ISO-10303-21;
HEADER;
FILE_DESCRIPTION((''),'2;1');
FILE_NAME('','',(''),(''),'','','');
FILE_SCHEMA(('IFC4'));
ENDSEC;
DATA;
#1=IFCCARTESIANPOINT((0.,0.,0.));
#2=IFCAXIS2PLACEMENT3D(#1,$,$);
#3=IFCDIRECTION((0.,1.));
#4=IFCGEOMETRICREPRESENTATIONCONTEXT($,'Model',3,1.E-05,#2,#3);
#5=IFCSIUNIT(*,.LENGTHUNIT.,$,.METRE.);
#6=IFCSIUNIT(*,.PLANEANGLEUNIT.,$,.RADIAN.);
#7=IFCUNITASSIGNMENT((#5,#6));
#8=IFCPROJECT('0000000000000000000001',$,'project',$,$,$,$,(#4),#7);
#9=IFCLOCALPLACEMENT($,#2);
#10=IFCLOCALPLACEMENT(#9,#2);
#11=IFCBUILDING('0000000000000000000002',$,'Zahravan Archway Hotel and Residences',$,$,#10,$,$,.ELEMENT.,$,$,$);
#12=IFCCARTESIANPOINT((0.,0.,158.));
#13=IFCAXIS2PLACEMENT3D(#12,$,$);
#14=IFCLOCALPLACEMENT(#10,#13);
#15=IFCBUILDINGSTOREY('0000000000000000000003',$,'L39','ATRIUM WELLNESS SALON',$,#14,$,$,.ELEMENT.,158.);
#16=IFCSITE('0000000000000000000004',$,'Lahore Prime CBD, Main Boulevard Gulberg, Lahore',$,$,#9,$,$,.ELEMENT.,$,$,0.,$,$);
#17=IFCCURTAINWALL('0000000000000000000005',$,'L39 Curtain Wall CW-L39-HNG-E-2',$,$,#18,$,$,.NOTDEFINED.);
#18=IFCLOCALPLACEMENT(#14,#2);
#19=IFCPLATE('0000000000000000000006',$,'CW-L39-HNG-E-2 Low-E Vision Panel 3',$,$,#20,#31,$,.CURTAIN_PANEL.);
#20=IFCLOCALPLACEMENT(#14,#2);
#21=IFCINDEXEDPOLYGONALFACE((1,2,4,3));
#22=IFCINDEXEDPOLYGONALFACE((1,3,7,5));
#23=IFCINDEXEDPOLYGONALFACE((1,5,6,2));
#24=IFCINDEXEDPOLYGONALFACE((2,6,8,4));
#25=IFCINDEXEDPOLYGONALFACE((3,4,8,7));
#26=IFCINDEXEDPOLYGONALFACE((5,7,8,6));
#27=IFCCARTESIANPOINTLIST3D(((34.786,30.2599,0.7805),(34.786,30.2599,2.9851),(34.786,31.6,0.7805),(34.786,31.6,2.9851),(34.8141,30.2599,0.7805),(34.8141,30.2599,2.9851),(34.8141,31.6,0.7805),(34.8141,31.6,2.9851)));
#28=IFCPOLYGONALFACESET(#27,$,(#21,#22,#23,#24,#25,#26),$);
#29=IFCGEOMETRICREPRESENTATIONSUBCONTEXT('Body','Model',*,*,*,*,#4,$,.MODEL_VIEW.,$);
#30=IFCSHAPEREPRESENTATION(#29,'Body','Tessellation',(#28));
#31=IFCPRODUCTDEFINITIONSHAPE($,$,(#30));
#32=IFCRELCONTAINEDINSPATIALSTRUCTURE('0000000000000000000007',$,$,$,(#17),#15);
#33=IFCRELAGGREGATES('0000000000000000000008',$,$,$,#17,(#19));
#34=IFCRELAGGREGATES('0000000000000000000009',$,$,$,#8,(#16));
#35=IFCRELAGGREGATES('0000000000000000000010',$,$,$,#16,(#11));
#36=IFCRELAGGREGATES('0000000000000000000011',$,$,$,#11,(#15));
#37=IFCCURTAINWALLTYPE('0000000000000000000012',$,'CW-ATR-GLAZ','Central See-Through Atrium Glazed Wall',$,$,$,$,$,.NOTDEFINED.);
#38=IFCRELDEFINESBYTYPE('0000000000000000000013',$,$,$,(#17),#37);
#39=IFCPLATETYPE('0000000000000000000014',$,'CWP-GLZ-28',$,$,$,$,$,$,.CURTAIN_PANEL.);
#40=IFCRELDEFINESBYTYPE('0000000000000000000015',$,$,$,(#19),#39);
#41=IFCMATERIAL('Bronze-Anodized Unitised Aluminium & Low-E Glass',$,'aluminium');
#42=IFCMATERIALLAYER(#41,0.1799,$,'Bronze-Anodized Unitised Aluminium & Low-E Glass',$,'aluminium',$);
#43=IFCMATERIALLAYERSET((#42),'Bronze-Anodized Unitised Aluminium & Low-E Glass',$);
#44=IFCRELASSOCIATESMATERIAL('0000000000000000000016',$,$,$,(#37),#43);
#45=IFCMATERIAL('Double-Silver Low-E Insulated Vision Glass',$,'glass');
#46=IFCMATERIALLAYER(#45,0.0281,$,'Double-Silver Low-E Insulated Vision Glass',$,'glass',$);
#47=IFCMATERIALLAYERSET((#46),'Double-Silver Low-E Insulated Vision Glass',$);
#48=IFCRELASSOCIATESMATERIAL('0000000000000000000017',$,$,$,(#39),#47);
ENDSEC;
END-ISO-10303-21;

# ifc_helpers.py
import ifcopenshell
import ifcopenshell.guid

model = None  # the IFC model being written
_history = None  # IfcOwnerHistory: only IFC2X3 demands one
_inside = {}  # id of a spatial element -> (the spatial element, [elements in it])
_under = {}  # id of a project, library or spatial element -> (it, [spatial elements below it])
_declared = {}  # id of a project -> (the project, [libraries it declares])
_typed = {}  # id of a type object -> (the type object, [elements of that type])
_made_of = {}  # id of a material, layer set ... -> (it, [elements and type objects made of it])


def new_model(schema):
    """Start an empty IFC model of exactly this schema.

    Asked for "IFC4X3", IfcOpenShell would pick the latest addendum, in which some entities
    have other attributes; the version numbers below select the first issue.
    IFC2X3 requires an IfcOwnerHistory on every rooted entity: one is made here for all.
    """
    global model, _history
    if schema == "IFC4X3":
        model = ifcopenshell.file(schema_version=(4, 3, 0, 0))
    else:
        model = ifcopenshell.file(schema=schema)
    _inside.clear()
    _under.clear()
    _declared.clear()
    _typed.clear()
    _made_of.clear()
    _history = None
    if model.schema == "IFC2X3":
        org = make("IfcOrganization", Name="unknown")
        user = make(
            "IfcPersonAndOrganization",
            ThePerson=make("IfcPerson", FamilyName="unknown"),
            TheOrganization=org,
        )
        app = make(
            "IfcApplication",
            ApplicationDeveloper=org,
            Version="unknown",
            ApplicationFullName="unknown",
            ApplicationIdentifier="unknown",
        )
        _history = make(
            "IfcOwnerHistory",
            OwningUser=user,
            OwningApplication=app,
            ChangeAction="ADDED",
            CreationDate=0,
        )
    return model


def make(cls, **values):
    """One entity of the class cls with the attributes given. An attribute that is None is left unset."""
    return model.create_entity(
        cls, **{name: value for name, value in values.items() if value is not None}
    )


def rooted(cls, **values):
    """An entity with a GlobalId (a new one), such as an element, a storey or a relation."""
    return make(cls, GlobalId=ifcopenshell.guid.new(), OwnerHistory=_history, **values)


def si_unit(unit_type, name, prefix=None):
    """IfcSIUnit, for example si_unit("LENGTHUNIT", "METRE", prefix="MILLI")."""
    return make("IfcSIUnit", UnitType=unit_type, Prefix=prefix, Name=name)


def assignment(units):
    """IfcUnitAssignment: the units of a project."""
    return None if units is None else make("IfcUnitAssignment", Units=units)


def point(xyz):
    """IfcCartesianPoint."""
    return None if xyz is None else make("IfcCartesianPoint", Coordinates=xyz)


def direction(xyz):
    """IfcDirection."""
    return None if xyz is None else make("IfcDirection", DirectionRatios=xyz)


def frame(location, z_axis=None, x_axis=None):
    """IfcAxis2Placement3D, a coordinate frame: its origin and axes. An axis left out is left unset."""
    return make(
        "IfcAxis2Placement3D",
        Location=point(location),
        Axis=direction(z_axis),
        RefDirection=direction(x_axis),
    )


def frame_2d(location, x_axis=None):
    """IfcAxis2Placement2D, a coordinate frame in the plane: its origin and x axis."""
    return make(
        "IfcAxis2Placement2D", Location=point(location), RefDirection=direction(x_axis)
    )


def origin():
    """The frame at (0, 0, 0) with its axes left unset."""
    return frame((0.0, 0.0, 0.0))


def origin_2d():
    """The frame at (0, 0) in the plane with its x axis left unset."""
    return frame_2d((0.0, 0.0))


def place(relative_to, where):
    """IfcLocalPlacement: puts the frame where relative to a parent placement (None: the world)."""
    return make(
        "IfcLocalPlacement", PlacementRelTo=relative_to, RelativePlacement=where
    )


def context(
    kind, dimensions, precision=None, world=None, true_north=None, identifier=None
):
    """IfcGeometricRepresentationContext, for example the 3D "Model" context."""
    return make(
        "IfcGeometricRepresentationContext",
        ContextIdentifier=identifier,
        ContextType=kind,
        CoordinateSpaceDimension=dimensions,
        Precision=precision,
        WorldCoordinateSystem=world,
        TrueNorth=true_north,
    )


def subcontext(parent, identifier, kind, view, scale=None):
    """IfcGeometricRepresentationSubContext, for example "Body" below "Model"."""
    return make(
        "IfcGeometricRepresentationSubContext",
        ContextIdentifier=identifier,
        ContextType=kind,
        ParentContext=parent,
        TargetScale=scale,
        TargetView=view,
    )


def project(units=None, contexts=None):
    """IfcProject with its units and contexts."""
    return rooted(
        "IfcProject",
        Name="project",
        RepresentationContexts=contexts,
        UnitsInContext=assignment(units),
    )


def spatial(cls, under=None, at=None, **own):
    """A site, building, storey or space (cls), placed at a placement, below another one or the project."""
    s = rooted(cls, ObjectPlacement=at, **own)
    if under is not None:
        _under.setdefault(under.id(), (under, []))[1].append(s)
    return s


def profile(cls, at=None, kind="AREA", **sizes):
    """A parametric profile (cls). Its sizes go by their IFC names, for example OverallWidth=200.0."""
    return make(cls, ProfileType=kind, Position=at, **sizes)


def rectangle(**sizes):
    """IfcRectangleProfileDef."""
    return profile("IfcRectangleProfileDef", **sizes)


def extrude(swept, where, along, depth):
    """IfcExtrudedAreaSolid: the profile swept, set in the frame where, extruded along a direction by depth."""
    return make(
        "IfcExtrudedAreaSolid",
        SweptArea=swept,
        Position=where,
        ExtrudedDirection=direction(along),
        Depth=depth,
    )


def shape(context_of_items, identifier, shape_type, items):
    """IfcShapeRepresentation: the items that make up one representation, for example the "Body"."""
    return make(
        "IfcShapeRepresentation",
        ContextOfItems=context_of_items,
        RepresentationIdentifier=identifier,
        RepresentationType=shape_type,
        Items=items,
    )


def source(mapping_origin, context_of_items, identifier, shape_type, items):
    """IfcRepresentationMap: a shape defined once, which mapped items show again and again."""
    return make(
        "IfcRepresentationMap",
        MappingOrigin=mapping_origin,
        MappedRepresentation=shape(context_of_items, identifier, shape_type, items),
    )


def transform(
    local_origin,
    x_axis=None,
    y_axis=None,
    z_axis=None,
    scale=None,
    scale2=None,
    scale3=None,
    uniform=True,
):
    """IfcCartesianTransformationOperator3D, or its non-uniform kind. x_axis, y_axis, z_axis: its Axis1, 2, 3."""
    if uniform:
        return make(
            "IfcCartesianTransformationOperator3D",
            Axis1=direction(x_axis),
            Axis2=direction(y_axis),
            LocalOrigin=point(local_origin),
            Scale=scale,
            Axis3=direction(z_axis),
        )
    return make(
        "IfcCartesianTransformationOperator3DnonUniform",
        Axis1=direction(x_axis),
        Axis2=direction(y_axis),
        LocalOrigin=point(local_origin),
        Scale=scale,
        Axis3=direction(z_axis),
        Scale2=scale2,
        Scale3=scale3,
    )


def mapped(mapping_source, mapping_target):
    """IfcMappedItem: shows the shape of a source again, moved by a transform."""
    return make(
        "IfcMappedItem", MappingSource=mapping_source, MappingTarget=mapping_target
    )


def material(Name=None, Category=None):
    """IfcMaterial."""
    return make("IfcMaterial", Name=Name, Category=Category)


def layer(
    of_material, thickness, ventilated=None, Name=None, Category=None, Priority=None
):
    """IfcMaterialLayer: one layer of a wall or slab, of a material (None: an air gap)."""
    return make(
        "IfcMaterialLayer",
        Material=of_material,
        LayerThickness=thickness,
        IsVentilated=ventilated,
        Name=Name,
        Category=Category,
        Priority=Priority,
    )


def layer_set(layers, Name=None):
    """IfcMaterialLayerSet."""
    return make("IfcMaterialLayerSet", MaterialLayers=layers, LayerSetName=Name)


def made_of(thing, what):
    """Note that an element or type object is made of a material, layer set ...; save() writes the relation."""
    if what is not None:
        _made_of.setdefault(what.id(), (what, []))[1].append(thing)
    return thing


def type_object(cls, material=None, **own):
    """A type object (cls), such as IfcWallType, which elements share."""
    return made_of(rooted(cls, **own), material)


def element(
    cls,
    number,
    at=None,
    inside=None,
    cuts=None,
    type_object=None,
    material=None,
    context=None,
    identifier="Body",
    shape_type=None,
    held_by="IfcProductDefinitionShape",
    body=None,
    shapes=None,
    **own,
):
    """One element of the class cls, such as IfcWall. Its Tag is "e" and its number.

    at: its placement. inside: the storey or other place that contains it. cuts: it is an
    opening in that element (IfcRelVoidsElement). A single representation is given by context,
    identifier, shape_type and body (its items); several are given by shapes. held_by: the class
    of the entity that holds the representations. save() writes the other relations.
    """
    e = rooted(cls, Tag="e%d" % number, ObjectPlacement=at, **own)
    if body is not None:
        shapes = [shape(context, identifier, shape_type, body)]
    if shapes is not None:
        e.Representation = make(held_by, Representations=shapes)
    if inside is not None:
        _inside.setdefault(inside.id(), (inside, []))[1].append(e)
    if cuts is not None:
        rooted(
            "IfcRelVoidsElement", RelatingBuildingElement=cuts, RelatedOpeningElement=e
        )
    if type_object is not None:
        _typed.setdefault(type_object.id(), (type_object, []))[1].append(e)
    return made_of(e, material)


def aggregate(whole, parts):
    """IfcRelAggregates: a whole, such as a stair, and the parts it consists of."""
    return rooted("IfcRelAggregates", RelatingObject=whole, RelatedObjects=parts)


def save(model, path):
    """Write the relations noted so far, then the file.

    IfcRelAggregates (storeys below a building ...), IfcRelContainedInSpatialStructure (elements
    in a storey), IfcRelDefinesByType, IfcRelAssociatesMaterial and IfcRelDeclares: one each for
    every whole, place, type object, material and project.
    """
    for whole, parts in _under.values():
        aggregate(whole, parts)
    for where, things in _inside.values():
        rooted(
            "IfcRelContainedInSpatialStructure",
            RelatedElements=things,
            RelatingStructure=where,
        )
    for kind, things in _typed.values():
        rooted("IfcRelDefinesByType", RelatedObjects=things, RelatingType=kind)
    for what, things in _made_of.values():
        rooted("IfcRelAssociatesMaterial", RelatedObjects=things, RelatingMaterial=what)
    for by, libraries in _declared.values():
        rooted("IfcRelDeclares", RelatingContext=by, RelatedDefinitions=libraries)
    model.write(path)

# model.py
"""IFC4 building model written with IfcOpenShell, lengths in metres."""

from ifc_helpers import new_model, si_unit, direction, frame, origin, origin_2d, place, context, subcontext, project, spatial, rectangle, extrude, source, transform, mapped, material, layer, layer_set, type_object, element, aggregate, save


model = new_model("IFC4")

# Units and contexts
model_context = context("Model", 3, precision=1e-05, world=origin(), true_north=direction((0.0, 1.0)))
body_context = subcontext(model_context, "Body", "Model", "MODEL_VIEW")
ifc_project = project(units=[si_unit("LENGTHUNIT", "METRE"), si_unit("PLANEANGLEUNIT", "RADIAN")], contexts=[model_context])

# Site, building, storey
site_placement = place(None, origin())
site = spatial("IfcSite", under=ifc_project, at=site_placement, Name="Lahore Prime CBD, Main Boulevard Gulberg, Lahore", CompositionType="ELEMENT", RefElevation=0.0)
building_placement = place(site_placement, origin())
building = spatial("IfcBuilding", under=site, at=building_placement, Name="Zahravan Archway Hotel and Residences", CompositionType="ELEMENT")
storey_placement = place(building_placement, frame((0.0, 0.0, 158.0)))
storey = spatial("IfcBuildingStorey", under=building, at=storey_placement, Name="L39", Description="ATRIUM WELLNESS SALON", CompositionType="ELEMENT", Elevation=158.0)

# Curtain wall
ifc_material_1 = material(Name="Bronze-Anodized Unitised Aluminium & Low-E Glass", Category="aluminium")
ifc_layer_1 = layer(ifc_material_1, 0.1799, Name="Bronze-Anodized Unitised Aluminium & Low-E Glass", Category="aluminium")
ifc_layer_set_1 = layer_set([ifc_layer_1], Name="Bronze-Anodized Unitised Aluminium & Low-E Glass")
curtain_wall_type = type_object("IfcCurtainWallType", Name="CW-ATR-GLAZ", Description="Central See-Through Atrium Glazed Wall", PredefinedType="NOTDEFINED", material=ifc_layer_set_1)
curtain_wall_1_placement = place(storey_placement, origin())
curtain_wall_1 = element("IfcCurtainWall", 1, at=curtain_wall_1_placement, inside=storey, type_object=curtain_wall_type, Name="L39 Curtain Wall CW-L39-HNG-E-2", PredefinedType="NOTDEFINED")

# Plate
ifc_material_2 = material(Name="Double-Silver Low-E Insulated Vision Glass", Category="glass")
ifc_layer_2 = layer(ifc_material_2, 0.0281, Name="Double-Silver Low-E Insulated Vision Glass", Category="glass")
ifc_layer_set_2 = layer_set([ifc_layer_2], Name="Double-Silver Low-E Insulated Vision Glass")
plate_type_1 = type_object("IfcPlateType", Name="CWP-GLZ-28", PredefinedType="CURTAIN_PANEL", material=ifc_layer_set_2)
shared_shape_1 = source(origin(), body_context, "Body", "SweptSolid", [
    extrude(rectangle(XDim=1.3401, YDim=0.0281, at=origin_2d()), origin(), (0.0, 0.0, 1.0), 2.2046),
])
plate_1_placement = place(storey_placement, frame((34.8, 30.9299, 0.7805), z_axis=(0.0, 0.0, 1.0), x_axis=(0.0, 1.0, 0.0)))
plate_1 = element("IfcPlate", 2, at=plate_1_placement, type_object=plate_type_1, Name="CW-L39-HNG-E-2 Low-E Vision Panel 3", PredefinedType="CURTAIN_PANEL", context=body_context, shape_type="MappedRepresentation", body=[
    mapped(shared_shape_1, transform((0.0, 0.0, 0.0), scale=1.0)),
])
aggregate(curtain_wall_1, [plate_1])

save(model, "model.ifc")
